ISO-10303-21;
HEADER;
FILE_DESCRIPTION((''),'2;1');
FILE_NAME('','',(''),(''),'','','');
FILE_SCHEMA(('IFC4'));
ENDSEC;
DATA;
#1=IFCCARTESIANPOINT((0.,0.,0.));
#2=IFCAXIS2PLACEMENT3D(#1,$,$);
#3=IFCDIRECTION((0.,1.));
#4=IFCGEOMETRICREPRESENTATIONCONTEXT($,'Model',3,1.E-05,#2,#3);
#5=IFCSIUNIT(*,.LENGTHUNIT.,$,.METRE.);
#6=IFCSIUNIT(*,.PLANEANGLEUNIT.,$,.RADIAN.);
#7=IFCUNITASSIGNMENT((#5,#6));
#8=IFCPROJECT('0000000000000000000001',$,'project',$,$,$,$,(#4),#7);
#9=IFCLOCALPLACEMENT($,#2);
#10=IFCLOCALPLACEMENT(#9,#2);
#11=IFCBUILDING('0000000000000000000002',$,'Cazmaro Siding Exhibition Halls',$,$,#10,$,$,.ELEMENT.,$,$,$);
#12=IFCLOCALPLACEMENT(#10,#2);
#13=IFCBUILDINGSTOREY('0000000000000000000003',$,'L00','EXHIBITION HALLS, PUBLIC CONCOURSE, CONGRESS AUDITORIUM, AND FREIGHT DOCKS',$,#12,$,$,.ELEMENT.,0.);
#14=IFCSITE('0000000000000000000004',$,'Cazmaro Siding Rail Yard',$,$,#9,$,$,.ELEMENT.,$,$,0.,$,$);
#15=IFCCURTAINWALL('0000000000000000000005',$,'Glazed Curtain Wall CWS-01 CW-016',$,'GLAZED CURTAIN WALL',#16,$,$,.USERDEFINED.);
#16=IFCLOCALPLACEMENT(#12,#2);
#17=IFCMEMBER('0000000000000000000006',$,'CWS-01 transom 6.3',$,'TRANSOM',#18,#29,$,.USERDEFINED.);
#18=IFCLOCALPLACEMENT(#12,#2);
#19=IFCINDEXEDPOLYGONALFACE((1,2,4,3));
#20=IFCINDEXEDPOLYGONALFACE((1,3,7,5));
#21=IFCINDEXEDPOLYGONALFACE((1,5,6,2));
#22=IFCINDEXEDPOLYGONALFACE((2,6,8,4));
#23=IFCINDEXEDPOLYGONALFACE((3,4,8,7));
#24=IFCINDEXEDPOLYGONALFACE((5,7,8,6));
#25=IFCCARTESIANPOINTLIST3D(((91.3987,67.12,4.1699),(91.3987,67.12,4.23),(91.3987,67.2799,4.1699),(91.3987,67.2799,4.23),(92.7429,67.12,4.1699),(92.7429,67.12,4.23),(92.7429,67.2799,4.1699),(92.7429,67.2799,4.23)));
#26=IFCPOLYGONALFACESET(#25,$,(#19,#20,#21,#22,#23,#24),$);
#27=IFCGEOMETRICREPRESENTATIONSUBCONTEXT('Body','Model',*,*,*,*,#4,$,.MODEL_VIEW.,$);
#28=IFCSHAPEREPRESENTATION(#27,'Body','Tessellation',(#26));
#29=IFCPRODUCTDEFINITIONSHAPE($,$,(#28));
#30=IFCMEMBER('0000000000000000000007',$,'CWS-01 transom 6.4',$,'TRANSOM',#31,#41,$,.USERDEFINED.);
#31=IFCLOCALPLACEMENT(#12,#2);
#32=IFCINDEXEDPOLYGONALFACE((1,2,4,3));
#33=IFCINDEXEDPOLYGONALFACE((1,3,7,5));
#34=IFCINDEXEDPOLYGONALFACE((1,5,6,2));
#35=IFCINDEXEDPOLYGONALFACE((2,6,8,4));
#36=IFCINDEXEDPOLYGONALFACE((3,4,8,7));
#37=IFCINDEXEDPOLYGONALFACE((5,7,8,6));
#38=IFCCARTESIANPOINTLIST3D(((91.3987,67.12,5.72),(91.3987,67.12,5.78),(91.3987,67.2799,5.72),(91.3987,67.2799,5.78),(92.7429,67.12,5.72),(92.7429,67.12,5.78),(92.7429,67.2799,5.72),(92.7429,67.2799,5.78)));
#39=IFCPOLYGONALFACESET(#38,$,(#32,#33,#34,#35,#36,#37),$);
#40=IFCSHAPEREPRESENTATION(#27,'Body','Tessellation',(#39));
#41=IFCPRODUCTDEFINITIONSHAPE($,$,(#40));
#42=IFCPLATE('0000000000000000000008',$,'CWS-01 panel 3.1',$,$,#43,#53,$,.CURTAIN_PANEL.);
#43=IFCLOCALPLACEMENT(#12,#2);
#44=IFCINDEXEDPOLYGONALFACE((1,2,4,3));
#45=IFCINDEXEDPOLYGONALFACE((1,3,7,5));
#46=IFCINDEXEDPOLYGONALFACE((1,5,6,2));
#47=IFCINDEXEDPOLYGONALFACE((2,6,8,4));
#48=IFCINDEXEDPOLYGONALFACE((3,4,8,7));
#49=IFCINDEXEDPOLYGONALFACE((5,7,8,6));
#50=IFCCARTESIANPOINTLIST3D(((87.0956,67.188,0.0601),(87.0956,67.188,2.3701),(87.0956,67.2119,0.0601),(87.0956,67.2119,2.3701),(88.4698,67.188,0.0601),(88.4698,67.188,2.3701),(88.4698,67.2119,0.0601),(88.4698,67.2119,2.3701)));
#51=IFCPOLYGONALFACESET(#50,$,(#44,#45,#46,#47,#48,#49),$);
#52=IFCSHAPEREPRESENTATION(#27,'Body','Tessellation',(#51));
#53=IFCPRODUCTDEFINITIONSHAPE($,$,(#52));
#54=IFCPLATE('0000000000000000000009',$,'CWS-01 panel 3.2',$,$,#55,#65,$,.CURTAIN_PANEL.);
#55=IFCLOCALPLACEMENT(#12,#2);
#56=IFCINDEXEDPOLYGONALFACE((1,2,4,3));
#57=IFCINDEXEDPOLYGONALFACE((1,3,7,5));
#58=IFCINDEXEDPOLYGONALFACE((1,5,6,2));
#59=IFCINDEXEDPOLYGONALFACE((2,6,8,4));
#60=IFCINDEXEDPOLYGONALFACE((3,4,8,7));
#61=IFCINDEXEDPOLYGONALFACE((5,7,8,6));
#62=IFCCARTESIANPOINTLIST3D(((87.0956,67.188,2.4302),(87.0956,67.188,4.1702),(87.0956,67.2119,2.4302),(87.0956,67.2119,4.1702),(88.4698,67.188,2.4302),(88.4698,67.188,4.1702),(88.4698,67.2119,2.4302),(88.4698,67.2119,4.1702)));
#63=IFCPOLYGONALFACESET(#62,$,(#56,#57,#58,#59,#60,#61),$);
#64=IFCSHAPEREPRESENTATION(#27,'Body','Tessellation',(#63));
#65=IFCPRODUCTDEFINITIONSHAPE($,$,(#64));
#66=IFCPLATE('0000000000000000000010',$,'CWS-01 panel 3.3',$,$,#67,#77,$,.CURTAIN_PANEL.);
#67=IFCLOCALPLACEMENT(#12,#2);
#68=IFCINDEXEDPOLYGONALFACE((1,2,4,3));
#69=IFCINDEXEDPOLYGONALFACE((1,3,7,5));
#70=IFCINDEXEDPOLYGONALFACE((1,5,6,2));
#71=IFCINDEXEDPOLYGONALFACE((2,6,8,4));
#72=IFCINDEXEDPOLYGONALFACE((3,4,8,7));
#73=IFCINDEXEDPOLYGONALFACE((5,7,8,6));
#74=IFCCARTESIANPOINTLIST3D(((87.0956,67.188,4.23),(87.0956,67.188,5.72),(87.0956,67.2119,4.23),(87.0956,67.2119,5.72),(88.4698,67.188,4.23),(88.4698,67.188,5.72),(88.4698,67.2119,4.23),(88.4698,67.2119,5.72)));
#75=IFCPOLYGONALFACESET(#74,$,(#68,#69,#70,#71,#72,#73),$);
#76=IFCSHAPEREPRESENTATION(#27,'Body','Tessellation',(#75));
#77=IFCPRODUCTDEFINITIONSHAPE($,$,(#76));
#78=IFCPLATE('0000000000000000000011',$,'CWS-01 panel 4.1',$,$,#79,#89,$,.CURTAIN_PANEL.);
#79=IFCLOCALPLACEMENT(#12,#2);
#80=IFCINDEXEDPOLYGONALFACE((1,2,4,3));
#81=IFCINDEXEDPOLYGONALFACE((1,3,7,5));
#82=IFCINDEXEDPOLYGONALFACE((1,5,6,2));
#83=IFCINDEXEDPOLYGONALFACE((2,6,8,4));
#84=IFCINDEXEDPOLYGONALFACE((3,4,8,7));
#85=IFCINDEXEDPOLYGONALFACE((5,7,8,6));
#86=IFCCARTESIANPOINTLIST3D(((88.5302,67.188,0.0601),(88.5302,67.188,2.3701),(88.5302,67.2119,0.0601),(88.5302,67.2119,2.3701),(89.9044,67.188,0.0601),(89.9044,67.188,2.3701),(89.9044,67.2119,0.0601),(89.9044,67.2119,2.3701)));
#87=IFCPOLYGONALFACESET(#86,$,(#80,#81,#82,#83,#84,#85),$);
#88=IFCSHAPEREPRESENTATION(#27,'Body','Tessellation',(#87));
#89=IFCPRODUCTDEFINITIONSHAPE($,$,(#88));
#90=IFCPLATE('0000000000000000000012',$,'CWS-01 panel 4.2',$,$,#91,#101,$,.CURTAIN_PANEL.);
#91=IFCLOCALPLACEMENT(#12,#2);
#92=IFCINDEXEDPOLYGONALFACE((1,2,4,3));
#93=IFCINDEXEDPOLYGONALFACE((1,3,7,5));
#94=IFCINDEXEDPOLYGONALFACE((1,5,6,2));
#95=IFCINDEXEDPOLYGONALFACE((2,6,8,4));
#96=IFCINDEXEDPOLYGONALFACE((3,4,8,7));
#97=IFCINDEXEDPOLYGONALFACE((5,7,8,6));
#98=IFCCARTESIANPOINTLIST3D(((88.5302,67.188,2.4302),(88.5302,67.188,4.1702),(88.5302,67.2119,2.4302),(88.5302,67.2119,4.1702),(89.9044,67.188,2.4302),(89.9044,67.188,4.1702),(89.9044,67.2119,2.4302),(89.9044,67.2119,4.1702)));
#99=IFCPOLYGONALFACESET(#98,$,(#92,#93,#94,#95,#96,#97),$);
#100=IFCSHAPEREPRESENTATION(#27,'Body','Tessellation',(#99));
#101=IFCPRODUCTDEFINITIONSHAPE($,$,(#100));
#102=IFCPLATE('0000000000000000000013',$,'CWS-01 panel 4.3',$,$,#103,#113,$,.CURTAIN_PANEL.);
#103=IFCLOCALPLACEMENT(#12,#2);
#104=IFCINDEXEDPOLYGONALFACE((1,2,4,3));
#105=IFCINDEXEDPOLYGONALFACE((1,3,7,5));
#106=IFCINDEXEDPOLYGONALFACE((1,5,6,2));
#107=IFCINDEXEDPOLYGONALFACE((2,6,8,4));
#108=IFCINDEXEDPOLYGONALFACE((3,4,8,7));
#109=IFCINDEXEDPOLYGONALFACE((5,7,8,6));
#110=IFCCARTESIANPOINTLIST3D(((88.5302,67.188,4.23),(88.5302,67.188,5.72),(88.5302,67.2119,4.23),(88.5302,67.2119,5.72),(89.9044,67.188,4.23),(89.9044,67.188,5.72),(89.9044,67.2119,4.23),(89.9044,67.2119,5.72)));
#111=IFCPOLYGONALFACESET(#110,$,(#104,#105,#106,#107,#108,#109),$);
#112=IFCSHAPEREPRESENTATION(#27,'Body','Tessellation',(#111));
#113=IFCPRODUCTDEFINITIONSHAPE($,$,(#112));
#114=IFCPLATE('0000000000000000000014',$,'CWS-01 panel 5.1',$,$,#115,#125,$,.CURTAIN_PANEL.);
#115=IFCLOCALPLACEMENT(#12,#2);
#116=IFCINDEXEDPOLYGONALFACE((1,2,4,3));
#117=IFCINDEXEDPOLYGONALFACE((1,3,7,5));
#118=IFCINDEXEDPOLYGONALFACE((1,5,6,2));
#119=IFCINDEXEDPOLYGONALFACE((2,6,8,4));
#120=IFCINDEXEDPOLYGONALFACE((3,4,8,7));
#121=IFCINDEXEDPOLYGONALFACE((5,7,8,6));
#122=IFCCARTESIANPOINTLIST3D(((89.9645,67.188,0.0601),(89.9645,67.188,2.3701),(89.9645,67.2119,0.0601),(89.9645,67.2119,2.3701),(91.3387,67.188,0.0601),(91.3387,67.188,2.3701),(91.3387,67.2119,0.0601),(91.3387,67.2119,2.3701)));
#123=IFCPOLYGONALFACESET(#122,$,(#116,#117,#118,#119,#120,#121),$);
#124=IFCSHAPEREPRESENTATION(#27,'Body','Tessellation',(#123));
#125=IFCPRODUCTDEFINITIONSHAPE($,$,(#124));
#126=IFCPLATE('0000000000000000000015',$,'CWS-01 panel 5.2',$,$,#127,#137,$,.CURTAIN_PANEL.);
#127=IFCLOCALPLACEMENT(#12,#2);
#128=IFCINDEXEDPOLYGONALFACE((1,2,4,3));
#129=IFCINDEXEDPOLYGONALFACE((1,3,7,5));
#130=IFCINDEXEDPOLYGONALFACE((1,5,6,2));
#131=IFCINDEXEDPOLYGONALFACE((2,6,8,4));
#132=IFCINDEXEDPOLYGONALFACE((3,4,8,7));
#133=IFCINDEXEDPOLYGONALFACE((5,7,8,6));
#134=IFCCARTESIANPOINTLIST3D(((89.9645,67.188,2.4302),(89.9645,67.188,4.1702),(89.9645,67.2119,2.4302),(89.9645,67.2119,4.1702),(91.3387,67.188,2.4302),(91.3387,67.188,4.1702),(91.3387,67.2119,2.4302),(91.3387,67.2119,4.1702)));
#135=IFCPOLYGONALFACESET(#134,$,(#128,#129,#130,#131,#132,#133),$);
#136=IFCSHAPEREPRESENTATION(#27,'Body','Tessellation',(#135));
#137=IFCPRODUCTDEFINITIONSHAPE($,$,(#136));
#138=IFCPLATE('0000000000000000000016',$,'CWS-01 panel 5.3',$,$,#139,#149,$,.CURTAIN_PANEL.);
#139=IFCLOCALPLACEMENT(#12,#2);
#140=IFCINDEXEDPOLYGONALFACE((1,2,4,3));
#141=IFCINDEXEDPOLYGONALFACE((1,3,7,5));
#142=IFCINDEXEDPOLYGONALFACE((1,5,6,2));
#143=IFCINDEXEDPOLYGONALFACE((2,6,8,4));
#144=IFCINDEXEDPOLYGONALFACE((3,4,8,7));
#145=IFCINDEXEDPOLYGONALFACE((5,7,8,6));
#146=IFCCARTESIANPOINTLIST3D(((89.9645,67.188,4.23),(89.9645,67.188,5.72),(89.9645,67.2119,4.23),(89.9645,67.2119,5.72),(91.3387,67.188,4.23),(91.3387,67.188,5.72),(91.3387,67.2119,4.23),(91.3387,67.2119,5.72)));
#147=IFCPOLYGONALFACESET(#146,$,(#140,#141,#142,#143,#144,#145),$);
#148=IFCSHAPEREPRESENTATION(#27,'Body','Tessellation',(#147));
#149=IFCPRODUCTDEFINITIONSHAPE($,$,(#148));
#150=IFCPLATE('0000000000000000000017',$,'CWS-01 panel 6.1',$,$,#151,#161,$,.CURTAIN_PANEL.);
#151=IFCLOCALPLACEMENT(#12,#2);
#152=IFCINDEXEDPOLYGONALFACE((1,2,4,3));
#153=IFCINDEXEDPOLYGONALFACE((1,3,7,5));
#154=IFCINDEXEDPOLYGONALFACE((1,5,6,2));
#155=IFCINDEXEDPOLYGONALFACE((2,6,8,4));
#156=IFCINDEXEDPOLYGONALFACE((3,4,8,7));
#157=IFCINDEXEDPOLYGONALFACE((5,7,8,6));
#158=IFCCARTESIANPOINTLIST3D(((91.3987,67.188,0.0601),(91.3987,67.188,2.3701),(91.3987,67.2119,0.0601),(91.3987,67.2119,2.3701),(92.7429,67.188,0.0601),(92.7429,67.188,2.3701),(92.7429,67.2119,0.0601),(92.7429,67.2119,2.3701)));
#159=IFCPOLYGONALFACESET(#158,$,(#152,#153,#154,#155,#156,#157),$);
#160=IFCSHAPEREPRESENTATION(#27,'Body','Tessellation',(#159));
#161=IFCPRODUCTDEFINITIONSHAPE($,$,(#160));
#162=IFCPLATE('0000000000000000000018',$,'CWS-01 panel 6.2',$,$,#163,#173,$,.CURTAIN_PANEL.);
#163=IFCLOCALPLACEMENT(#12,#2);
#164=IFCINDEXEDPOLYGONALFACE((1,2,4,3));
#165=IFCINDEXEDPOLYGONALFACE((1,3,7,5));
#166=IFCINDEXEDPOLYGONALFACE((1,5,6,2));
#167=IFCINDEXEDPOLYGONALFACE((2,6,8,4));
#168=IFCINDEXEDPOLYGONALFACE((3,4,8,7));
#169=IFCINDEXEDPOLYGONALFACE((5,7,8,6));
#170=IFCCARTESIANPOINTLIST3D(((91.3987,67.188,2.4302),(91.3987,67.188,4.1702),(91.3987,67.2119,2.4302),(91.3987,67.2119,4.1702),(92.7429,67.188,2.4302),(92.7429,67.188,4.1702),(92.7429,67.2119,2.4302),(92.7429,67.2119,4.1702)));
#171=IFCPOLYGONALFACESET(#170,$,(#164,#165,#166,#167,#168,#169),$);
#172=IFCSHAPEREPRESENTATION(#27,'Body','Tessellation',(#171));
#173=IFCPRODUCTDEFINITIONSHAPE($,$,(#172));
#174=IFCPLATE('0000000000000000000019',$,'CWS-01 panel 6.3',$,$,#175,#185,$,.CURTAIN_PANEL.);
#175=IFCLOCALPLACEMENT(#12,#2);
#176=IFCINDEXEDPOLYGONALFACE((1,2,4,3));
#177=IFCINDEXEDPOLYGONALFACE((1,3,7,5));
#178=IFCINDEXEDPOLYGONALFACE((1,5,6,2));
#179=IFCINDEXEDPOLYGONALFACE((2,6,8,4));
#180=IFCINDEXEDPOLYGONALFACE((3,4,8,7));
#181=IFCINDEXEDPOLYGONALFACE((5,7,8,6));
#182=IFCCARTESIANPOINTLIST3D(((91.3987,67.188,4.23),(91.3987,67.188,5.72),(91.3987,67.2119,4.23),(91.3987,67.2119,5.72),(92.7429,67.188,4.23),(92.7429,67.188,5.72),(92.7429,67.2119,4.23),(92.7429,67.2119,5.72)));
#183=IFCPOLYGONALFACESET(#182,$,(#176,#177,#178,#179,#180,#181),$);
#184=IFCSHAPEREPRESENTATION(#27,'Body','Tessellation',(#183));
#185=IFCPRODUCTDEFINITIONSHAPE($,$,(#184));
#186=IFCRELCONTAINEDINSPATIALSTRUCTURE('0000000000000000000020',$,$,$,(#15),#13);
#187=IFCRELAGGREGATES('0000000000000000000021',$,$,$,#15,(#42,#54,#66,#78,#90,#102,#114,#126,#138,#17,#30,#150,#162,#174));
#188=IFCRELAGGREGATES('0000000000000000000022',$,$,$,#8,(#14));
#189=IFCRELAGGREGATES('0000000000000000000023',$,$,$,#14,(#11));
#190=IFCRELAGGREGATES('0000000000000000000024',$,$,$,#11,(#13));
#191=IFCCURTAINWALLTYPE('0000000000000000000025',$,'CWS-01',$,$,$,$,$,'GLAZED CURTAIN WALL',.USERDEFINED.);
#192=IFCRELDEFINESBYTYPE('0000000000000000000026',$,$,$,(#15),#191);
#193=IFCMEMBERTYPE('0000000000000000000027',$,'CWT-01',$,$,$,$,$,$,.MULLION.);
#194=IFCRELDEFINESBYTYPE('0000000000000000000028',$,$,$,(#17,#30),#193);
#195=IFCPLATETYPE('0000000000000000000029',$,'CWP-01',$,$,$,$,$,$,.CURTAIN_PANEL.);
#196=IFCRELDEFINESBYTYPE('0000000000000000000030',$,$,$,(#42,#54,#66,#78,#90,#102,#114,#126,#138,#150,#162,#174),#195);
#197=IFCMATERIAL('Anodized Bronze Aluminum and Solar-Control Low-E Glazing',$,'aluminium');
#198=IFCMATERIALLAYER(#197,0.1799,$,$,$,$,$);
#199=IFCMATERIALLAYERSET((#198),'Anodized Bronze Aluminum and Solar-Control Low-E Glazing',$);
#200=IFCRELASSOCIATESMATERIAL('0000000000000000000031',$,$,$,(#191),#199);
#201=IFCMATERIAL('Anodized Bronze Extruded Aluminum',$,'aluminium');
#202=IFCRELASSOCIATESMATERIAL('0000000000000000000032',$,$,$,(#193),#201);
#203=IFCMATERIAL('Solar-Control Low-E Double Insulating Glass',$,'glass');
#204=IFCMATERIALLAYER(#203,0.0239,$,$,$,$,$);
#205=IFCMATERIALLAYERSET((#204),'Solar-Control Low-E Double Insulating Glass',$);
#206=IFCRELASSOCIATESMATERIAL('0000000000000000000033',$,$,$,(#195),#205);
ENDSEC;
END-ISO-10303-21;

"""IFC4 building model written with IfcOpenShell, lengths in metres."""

from ifc_helpers import new_model, si_unit, direction, frame, origin, origin_2d, place, context, subcontext, project, spatial, rectangle, extrude, material, layer, layer_set, material_profile, profile_set, type_object, element, aggregate, save


model = new_model("IFC4")

# Units and contexts
model_context = context("Model", 3, precision=1e-05, world=origin(), true_north=direction((0.0, 1.0)))
body_context = subcontext(model_context, "Body", "Model", "MODEL_VIEW")
ifc_project = project(units=[si_unit("LENGTHUNIT", "METRE"), si_unit("PLANEANGLEUNIT", "RADIAN")], contexts=[model_context])

# Site, building, storey
site_placement = place(None, origin())
site = spatial("IfcSite", under=ifc_project, at=site_placement, Name="Cazmaro Siding Rail Yard", CompositionType="ELEMENT", RefElevation=0.0)
building_placement = place(site_placement, origin())
building = spatial("IfcBuilding", under=site, at=building_placement, Name="Cazmaro Siding Exhibition Halls", CompositionType="ELEMENT")
storey_placement = place(building_placement, origin())
storey = spatial("IfcBuildingStorey", under=building, at=storey_placement, Name="L00", Description="EXHIBITION HALLS, PUBLIC CONCOURSE, CONGRESS AUDITORIUM, AND FREIGHT DOCKS", CompositionType="ELEMENT", Elevation=0.0)

# Curtain wall, members, plates
ifc_material_1 = material(Name="Anodized Bronze Aluminum and Solar-Control Low-E Glazing", Category="aluminium")
ifc_layer_1 = layer(ifc_material_1, 0.1799)
ifc_layer_set_1 = layer_set([ifc_layer_1], Name="Anodized Bronze Aluminum and Solar-Control Low-E Glazing")
curtain_wall_type = type_object("IfcCurtainWallType", Name="CWS-01", ElementType="GLAZED CURTAIN WALL", PredefinedType="USERDEFINED", material=ifc_layer_set_1)
curtain_wall_placement = place(storey_placement, origin())
curtain_wall = element("IfcCurtainWall", 1, at=curtain_wall_placement, inside=storey, type_object=curtain_wall_type, Name="Glazed Curtain Wall CWS-01 CW-016", ObjectType="GLAZED CURTAIN WALL", PredefinedType="USERDEFINED")
ifc_material_2 = material(Name="Anodized Bronze Extruded Aluminum", Category="aluminium")
ifc_material_profile_1 = material_profile(ifc_material_2, rectangle(XDim=0.1599, YDim=0.0601, at=origin_2d()), Name="CWT-01")
ifc_profile_set_1 = profile_set([ifc_material_profile_1], Name="Anodized Bronze Extruded Aluminum")
member_type_1 = type_object("IfcMemberType", Name="CWT-01", PredefinedType="MULLION", material=ifc_profile_set_1)
member_1_placement = place(storey_placement, frame((91.3987, 67.2, 4.2), z_axis=(1.0, 0.0, 0.0), x_axis=(0.0, 1.0, 0.0)))
member_1 = element("IfcMember", 2, at=member_1_placement, type_object=member_type_1, Name="CWS-01 transom 6.3", ObjectType="TRANSOM", PredefinedType="USERDEFINED", context=body_context, shape_type="SweptSolid", body=[
    extrude(rectangle(XDim=0.1599, YDim=0.0601, at=origin_2d()), origin(), (0.0, 0.0, 1.0), 1.3442),
])
member_2_placement = place(storey_placement, frame((91.3987, 67.2, 5.75), z_axis=(1.0, 0.0, 0.0), x_axis=(0.0, 1.0, 0.0)))
member_2 = element("IfcMember", 3, at=member_2_placement, type_object=member_type_1, Name="CWS-01 transom 6.4", ObjectType="TRANSOM", PredefinedType="USERDEFINED", context=body_context, shape_type="SweptSolid", body=[
    extrude(rectangle(XDim=0.1599, YDim=0.0601, at=origin_2d()), origin(), (0.0, 0.0, 1.0), 1.3442),
])
ifc_material_3 = material(Name="Solar-Control Low-E Double Insulating Glass", Category="glass")
ifc_layer_2 = layer(ifc_material_3, 0.0239)
ifc_layer_set_2 = layer_set([ifc_layer_2], Name="Solar-Control Low-E Double Insulating Glass")
plate_type = type_object("IfcPlateType", Name="CWP-01", PredefinedType="CURTAIN_PANEL", material=ifc_layer_set_2)
plate_1_placement = place(storey_placement, frame((87.7827, 67.2, 0.0601), z_axis=(0.0, 0.0, 1.0), x_axis=(1.0, 0.0, 0.0)))
plate_1 = element("IfcPlate", 4, at=plate_1_placement, type_object=plate_type, Name="CWS-01 panel 3.1", PredefinedType="CURTAIN_PANEL", context=body_context, shape_type="SweptSolid", body=[
    extrude(rectangle(XDim=1.3743, YDim=0.0239, at=origin_2d()), origin(), (0.0, 0.0, 1.0), 2.3101),
])
plate_2_placement = place(storey_placement, frame((87.7827, 67.2, 2.4302), z_axis=(0.0, 0.0, 1.0), x_axis=(1.0, 0.0, 0.0)))
plate_2 = element("IfcPlate", 5, at=plate_2_placement, type_object=plate_type, Name="CWS-01 panel 3.2", PredefinedType="CURTAIN_PANEL", context=body_context, shape_type="SweptSolid", body=[
    extrude(rectangle(XDim=1.3743, YDim=0.0239, at=origin_2d()), origin(), (0.0, 0.0, 1.0), 1.74),
])
plate_3_placement = place(storey_placement, frame((87.7827, 67.2, 4.23), z_axis=(0.0, 0.0, 1.0), x_axis=(1.0, 0.0, 0.0)))
plate_3 = element("IfcPlate", 6, at=plate_3_placement, type_object=plate_type, Name="CWS-01 panel 3.3", PredefinedType="CURTAIN_PANEL", context=body_context, shape_type="SweptSolid", body=[
    extrude(rectangle(XDim=1.3743, YDim=0.0239, at=origin_2d()), origin(), (0.0, 0.0, 1.0), 1.49),
])
plate_4_placement = place(storey_placement, frame((89.2173, 67.2, 0.0601), z_axis=(0.0, 0.0, 1.0), x_axis=(1.0, 0.0, 0.0)))
plate_4 = element("IfcPlate", 7, at=plate_4_placement, type_object=plate_type, Name="CWS-01 panel 4.1", PredefinedType="CURTAIN_PANEL", context=body_context, shape_type="SweptSolid", body=[
    extrude(rectangle(XDim=1.3743, YDim=0.0239, at=origin_2d()), origin(), (0.0, 0.0, 1.0), 2.3101),
])
plate_5_placement = place(storey_placement, frame((89.2173, 67.2, 2.4302), z_axis=(0.0, 0.0, 1.0), x_axis=(1.0, 0.0, 0.0)))
plate_5 = element("IfcPlate", 8, at=plate_5_placement, type_object=plate_type, Name="CWS-01 panel 4.2", PredefinedType="CURTAIN_PANEL", context=body_context, shape_type="SweptSolid", body=[
    extrude(rectangle(XDim=1.3743, YDim=0.0239, at=origin_2d()), origin(), (0.0, 0.0, 1.0), 1.74),
])
plate_6_placement = place(storey_placement, frame((89.2173, 67.2, 4.23), z_axis=(0.0, 0.0, 1.0), x_axis=(1.0, 0.0, 0.0)))
plate_6 = element("IfcPlate", 9, at=plate_6_placement, type_object=plate_type, Name="CWS-01 panel 4.3", PredefinedType="CURTAIN_PANEL", context=body_context, shape_type="SweptSolid", body=[
    extrude(rectangle(XDim=1.3743, YDim=0.0239, at=origin_2d()), origin(), (0.0, 0.0, 1.0), 1.49),
])
plate_7_placement = place(storey_placement, frame((90.6516, 67.2, 0.0601), z_axis=(0.0, 0.0, 1.0), x_axis=(1.0, 0.0, 0.0)))
plate_7 = element("IfcPlate", 10, at=plate_7_placement, type_object=plate_type, Name="CWS-01 panel 5.1", PredefinedType="CURTAIN_PANEL", context=body_context, shape_type="SweptSolid", body=[
    extrude(rectangle(XDim=1.3743, YDim=0.0239, at=origin_2d()), origin(), (0.0, 0.0, 1.0), 2.3101),
])
plate_8_placement = place(storey_placement, frame((90.6516, 67.2, 2.4302), z_axis=(0.0, 0.0, 1.0), x_axis=(1.0, 0.0, 0.0)))
plate_8 = element("IfcPlate", 11, at=plate_8_placement, type_object=plate_type, Name="CWS-01 panel 5.2", PredefinedType="CURTAIN_PANEL", context=body_context, shape_type="SweptSolid", body=[
    extrude(rectangle(XDim=1.3743, YDim=0.0239, at=origin_2d()), origin(), (0.0, 0.0, 1.0), 1.74),
])
plate_9_placement = place(storey_placement, frame((90.6516, 67.2, 4.23), z_axis=(0.0, 0.0, 1.0), x_axis=(1.0, 0.0, 0.0)))
plate_9 = element("IfcPlate", 12, at=plate_9_placement, type_object=plate_type, Name="CWS-01 panel 5.3", PredefinedType="CURTAIN_PANEL", context=body_context, shape_type="SweptSolid", body=[
    extrude(rectangle(XDim=1.3743, YDim=0.0239, at=origin_2d()), origin(), (0.0, 0.0, 1.0), 1.49),
])
plate_10_placement = place(storey_placement, frame((92.0708, 67.2, 0.0601), z_axis=(0.0, 0.0, 1.0), x_axis=(1.0, 0.0, 0.0)))
plate_10 = element("IfcPlate", 13, at=plate_10_placement, type_object=plate_type, Name="CWS-01 panel 6.1", PredefinedType="CURTAIN_PANEL", context=body_context, shape_type="SweptSolid", body=[
    extrude(rectangle(XDim=1.3442, YDim=0.0239, at=origin_2d()), origin(), (0.0, 0.0, 1.0), 2.3101),
])
plate_11_placement = place(storey_placement, frame((92.0708, 67.2, 2.4302), z_axis=(0.0, 0.0, 1.0), x_axis=(1.0, 0.0, 0.0)))
plate_11 = element("IfcPlate", 14, at=plate_11_placement, type_object=plate_type, Name="CWS-01 panel 6.2", PredefinedType="CURTAIN_PANEL", context=body_context, shape_type="SweptSolid", body=[
    extrude(rectangle(XDim=1.3442, YDim=0.0239, at=origin_2d()), origin(), (0.0, 0.0, 1.0), 1.74),
])
plate_12_placement = place(storey_placement, frame((92.0708, 67.2, 4.23), z_axis=(0.0, 0.0, 1.0), x_axis=(1.0, 0.0, 0.0)))
plate_12 = element("IfcPlate", 15, at=plate_12_placement, type_object=plate_type, Name="CWS-01 panel 6.3", PredefinedType="CURTAIN_PANEL", context=body_context, shape_type="SweptSolid", body=[
    extrude(rectangle(XDim=1.3442, YDim=0.0239, at=origin_2d()), origin(), (0.0, 0.0, 1.0), 1.49),
])
aggregate(curtain_wall, [plate_1, plate_2, plate_3, plate_4, plate_5, plate_6, plate_7, plate_8, plate_9, member_1, member_2, plate_10, plate_11, plate_12])

save(model, "model.ifc")
